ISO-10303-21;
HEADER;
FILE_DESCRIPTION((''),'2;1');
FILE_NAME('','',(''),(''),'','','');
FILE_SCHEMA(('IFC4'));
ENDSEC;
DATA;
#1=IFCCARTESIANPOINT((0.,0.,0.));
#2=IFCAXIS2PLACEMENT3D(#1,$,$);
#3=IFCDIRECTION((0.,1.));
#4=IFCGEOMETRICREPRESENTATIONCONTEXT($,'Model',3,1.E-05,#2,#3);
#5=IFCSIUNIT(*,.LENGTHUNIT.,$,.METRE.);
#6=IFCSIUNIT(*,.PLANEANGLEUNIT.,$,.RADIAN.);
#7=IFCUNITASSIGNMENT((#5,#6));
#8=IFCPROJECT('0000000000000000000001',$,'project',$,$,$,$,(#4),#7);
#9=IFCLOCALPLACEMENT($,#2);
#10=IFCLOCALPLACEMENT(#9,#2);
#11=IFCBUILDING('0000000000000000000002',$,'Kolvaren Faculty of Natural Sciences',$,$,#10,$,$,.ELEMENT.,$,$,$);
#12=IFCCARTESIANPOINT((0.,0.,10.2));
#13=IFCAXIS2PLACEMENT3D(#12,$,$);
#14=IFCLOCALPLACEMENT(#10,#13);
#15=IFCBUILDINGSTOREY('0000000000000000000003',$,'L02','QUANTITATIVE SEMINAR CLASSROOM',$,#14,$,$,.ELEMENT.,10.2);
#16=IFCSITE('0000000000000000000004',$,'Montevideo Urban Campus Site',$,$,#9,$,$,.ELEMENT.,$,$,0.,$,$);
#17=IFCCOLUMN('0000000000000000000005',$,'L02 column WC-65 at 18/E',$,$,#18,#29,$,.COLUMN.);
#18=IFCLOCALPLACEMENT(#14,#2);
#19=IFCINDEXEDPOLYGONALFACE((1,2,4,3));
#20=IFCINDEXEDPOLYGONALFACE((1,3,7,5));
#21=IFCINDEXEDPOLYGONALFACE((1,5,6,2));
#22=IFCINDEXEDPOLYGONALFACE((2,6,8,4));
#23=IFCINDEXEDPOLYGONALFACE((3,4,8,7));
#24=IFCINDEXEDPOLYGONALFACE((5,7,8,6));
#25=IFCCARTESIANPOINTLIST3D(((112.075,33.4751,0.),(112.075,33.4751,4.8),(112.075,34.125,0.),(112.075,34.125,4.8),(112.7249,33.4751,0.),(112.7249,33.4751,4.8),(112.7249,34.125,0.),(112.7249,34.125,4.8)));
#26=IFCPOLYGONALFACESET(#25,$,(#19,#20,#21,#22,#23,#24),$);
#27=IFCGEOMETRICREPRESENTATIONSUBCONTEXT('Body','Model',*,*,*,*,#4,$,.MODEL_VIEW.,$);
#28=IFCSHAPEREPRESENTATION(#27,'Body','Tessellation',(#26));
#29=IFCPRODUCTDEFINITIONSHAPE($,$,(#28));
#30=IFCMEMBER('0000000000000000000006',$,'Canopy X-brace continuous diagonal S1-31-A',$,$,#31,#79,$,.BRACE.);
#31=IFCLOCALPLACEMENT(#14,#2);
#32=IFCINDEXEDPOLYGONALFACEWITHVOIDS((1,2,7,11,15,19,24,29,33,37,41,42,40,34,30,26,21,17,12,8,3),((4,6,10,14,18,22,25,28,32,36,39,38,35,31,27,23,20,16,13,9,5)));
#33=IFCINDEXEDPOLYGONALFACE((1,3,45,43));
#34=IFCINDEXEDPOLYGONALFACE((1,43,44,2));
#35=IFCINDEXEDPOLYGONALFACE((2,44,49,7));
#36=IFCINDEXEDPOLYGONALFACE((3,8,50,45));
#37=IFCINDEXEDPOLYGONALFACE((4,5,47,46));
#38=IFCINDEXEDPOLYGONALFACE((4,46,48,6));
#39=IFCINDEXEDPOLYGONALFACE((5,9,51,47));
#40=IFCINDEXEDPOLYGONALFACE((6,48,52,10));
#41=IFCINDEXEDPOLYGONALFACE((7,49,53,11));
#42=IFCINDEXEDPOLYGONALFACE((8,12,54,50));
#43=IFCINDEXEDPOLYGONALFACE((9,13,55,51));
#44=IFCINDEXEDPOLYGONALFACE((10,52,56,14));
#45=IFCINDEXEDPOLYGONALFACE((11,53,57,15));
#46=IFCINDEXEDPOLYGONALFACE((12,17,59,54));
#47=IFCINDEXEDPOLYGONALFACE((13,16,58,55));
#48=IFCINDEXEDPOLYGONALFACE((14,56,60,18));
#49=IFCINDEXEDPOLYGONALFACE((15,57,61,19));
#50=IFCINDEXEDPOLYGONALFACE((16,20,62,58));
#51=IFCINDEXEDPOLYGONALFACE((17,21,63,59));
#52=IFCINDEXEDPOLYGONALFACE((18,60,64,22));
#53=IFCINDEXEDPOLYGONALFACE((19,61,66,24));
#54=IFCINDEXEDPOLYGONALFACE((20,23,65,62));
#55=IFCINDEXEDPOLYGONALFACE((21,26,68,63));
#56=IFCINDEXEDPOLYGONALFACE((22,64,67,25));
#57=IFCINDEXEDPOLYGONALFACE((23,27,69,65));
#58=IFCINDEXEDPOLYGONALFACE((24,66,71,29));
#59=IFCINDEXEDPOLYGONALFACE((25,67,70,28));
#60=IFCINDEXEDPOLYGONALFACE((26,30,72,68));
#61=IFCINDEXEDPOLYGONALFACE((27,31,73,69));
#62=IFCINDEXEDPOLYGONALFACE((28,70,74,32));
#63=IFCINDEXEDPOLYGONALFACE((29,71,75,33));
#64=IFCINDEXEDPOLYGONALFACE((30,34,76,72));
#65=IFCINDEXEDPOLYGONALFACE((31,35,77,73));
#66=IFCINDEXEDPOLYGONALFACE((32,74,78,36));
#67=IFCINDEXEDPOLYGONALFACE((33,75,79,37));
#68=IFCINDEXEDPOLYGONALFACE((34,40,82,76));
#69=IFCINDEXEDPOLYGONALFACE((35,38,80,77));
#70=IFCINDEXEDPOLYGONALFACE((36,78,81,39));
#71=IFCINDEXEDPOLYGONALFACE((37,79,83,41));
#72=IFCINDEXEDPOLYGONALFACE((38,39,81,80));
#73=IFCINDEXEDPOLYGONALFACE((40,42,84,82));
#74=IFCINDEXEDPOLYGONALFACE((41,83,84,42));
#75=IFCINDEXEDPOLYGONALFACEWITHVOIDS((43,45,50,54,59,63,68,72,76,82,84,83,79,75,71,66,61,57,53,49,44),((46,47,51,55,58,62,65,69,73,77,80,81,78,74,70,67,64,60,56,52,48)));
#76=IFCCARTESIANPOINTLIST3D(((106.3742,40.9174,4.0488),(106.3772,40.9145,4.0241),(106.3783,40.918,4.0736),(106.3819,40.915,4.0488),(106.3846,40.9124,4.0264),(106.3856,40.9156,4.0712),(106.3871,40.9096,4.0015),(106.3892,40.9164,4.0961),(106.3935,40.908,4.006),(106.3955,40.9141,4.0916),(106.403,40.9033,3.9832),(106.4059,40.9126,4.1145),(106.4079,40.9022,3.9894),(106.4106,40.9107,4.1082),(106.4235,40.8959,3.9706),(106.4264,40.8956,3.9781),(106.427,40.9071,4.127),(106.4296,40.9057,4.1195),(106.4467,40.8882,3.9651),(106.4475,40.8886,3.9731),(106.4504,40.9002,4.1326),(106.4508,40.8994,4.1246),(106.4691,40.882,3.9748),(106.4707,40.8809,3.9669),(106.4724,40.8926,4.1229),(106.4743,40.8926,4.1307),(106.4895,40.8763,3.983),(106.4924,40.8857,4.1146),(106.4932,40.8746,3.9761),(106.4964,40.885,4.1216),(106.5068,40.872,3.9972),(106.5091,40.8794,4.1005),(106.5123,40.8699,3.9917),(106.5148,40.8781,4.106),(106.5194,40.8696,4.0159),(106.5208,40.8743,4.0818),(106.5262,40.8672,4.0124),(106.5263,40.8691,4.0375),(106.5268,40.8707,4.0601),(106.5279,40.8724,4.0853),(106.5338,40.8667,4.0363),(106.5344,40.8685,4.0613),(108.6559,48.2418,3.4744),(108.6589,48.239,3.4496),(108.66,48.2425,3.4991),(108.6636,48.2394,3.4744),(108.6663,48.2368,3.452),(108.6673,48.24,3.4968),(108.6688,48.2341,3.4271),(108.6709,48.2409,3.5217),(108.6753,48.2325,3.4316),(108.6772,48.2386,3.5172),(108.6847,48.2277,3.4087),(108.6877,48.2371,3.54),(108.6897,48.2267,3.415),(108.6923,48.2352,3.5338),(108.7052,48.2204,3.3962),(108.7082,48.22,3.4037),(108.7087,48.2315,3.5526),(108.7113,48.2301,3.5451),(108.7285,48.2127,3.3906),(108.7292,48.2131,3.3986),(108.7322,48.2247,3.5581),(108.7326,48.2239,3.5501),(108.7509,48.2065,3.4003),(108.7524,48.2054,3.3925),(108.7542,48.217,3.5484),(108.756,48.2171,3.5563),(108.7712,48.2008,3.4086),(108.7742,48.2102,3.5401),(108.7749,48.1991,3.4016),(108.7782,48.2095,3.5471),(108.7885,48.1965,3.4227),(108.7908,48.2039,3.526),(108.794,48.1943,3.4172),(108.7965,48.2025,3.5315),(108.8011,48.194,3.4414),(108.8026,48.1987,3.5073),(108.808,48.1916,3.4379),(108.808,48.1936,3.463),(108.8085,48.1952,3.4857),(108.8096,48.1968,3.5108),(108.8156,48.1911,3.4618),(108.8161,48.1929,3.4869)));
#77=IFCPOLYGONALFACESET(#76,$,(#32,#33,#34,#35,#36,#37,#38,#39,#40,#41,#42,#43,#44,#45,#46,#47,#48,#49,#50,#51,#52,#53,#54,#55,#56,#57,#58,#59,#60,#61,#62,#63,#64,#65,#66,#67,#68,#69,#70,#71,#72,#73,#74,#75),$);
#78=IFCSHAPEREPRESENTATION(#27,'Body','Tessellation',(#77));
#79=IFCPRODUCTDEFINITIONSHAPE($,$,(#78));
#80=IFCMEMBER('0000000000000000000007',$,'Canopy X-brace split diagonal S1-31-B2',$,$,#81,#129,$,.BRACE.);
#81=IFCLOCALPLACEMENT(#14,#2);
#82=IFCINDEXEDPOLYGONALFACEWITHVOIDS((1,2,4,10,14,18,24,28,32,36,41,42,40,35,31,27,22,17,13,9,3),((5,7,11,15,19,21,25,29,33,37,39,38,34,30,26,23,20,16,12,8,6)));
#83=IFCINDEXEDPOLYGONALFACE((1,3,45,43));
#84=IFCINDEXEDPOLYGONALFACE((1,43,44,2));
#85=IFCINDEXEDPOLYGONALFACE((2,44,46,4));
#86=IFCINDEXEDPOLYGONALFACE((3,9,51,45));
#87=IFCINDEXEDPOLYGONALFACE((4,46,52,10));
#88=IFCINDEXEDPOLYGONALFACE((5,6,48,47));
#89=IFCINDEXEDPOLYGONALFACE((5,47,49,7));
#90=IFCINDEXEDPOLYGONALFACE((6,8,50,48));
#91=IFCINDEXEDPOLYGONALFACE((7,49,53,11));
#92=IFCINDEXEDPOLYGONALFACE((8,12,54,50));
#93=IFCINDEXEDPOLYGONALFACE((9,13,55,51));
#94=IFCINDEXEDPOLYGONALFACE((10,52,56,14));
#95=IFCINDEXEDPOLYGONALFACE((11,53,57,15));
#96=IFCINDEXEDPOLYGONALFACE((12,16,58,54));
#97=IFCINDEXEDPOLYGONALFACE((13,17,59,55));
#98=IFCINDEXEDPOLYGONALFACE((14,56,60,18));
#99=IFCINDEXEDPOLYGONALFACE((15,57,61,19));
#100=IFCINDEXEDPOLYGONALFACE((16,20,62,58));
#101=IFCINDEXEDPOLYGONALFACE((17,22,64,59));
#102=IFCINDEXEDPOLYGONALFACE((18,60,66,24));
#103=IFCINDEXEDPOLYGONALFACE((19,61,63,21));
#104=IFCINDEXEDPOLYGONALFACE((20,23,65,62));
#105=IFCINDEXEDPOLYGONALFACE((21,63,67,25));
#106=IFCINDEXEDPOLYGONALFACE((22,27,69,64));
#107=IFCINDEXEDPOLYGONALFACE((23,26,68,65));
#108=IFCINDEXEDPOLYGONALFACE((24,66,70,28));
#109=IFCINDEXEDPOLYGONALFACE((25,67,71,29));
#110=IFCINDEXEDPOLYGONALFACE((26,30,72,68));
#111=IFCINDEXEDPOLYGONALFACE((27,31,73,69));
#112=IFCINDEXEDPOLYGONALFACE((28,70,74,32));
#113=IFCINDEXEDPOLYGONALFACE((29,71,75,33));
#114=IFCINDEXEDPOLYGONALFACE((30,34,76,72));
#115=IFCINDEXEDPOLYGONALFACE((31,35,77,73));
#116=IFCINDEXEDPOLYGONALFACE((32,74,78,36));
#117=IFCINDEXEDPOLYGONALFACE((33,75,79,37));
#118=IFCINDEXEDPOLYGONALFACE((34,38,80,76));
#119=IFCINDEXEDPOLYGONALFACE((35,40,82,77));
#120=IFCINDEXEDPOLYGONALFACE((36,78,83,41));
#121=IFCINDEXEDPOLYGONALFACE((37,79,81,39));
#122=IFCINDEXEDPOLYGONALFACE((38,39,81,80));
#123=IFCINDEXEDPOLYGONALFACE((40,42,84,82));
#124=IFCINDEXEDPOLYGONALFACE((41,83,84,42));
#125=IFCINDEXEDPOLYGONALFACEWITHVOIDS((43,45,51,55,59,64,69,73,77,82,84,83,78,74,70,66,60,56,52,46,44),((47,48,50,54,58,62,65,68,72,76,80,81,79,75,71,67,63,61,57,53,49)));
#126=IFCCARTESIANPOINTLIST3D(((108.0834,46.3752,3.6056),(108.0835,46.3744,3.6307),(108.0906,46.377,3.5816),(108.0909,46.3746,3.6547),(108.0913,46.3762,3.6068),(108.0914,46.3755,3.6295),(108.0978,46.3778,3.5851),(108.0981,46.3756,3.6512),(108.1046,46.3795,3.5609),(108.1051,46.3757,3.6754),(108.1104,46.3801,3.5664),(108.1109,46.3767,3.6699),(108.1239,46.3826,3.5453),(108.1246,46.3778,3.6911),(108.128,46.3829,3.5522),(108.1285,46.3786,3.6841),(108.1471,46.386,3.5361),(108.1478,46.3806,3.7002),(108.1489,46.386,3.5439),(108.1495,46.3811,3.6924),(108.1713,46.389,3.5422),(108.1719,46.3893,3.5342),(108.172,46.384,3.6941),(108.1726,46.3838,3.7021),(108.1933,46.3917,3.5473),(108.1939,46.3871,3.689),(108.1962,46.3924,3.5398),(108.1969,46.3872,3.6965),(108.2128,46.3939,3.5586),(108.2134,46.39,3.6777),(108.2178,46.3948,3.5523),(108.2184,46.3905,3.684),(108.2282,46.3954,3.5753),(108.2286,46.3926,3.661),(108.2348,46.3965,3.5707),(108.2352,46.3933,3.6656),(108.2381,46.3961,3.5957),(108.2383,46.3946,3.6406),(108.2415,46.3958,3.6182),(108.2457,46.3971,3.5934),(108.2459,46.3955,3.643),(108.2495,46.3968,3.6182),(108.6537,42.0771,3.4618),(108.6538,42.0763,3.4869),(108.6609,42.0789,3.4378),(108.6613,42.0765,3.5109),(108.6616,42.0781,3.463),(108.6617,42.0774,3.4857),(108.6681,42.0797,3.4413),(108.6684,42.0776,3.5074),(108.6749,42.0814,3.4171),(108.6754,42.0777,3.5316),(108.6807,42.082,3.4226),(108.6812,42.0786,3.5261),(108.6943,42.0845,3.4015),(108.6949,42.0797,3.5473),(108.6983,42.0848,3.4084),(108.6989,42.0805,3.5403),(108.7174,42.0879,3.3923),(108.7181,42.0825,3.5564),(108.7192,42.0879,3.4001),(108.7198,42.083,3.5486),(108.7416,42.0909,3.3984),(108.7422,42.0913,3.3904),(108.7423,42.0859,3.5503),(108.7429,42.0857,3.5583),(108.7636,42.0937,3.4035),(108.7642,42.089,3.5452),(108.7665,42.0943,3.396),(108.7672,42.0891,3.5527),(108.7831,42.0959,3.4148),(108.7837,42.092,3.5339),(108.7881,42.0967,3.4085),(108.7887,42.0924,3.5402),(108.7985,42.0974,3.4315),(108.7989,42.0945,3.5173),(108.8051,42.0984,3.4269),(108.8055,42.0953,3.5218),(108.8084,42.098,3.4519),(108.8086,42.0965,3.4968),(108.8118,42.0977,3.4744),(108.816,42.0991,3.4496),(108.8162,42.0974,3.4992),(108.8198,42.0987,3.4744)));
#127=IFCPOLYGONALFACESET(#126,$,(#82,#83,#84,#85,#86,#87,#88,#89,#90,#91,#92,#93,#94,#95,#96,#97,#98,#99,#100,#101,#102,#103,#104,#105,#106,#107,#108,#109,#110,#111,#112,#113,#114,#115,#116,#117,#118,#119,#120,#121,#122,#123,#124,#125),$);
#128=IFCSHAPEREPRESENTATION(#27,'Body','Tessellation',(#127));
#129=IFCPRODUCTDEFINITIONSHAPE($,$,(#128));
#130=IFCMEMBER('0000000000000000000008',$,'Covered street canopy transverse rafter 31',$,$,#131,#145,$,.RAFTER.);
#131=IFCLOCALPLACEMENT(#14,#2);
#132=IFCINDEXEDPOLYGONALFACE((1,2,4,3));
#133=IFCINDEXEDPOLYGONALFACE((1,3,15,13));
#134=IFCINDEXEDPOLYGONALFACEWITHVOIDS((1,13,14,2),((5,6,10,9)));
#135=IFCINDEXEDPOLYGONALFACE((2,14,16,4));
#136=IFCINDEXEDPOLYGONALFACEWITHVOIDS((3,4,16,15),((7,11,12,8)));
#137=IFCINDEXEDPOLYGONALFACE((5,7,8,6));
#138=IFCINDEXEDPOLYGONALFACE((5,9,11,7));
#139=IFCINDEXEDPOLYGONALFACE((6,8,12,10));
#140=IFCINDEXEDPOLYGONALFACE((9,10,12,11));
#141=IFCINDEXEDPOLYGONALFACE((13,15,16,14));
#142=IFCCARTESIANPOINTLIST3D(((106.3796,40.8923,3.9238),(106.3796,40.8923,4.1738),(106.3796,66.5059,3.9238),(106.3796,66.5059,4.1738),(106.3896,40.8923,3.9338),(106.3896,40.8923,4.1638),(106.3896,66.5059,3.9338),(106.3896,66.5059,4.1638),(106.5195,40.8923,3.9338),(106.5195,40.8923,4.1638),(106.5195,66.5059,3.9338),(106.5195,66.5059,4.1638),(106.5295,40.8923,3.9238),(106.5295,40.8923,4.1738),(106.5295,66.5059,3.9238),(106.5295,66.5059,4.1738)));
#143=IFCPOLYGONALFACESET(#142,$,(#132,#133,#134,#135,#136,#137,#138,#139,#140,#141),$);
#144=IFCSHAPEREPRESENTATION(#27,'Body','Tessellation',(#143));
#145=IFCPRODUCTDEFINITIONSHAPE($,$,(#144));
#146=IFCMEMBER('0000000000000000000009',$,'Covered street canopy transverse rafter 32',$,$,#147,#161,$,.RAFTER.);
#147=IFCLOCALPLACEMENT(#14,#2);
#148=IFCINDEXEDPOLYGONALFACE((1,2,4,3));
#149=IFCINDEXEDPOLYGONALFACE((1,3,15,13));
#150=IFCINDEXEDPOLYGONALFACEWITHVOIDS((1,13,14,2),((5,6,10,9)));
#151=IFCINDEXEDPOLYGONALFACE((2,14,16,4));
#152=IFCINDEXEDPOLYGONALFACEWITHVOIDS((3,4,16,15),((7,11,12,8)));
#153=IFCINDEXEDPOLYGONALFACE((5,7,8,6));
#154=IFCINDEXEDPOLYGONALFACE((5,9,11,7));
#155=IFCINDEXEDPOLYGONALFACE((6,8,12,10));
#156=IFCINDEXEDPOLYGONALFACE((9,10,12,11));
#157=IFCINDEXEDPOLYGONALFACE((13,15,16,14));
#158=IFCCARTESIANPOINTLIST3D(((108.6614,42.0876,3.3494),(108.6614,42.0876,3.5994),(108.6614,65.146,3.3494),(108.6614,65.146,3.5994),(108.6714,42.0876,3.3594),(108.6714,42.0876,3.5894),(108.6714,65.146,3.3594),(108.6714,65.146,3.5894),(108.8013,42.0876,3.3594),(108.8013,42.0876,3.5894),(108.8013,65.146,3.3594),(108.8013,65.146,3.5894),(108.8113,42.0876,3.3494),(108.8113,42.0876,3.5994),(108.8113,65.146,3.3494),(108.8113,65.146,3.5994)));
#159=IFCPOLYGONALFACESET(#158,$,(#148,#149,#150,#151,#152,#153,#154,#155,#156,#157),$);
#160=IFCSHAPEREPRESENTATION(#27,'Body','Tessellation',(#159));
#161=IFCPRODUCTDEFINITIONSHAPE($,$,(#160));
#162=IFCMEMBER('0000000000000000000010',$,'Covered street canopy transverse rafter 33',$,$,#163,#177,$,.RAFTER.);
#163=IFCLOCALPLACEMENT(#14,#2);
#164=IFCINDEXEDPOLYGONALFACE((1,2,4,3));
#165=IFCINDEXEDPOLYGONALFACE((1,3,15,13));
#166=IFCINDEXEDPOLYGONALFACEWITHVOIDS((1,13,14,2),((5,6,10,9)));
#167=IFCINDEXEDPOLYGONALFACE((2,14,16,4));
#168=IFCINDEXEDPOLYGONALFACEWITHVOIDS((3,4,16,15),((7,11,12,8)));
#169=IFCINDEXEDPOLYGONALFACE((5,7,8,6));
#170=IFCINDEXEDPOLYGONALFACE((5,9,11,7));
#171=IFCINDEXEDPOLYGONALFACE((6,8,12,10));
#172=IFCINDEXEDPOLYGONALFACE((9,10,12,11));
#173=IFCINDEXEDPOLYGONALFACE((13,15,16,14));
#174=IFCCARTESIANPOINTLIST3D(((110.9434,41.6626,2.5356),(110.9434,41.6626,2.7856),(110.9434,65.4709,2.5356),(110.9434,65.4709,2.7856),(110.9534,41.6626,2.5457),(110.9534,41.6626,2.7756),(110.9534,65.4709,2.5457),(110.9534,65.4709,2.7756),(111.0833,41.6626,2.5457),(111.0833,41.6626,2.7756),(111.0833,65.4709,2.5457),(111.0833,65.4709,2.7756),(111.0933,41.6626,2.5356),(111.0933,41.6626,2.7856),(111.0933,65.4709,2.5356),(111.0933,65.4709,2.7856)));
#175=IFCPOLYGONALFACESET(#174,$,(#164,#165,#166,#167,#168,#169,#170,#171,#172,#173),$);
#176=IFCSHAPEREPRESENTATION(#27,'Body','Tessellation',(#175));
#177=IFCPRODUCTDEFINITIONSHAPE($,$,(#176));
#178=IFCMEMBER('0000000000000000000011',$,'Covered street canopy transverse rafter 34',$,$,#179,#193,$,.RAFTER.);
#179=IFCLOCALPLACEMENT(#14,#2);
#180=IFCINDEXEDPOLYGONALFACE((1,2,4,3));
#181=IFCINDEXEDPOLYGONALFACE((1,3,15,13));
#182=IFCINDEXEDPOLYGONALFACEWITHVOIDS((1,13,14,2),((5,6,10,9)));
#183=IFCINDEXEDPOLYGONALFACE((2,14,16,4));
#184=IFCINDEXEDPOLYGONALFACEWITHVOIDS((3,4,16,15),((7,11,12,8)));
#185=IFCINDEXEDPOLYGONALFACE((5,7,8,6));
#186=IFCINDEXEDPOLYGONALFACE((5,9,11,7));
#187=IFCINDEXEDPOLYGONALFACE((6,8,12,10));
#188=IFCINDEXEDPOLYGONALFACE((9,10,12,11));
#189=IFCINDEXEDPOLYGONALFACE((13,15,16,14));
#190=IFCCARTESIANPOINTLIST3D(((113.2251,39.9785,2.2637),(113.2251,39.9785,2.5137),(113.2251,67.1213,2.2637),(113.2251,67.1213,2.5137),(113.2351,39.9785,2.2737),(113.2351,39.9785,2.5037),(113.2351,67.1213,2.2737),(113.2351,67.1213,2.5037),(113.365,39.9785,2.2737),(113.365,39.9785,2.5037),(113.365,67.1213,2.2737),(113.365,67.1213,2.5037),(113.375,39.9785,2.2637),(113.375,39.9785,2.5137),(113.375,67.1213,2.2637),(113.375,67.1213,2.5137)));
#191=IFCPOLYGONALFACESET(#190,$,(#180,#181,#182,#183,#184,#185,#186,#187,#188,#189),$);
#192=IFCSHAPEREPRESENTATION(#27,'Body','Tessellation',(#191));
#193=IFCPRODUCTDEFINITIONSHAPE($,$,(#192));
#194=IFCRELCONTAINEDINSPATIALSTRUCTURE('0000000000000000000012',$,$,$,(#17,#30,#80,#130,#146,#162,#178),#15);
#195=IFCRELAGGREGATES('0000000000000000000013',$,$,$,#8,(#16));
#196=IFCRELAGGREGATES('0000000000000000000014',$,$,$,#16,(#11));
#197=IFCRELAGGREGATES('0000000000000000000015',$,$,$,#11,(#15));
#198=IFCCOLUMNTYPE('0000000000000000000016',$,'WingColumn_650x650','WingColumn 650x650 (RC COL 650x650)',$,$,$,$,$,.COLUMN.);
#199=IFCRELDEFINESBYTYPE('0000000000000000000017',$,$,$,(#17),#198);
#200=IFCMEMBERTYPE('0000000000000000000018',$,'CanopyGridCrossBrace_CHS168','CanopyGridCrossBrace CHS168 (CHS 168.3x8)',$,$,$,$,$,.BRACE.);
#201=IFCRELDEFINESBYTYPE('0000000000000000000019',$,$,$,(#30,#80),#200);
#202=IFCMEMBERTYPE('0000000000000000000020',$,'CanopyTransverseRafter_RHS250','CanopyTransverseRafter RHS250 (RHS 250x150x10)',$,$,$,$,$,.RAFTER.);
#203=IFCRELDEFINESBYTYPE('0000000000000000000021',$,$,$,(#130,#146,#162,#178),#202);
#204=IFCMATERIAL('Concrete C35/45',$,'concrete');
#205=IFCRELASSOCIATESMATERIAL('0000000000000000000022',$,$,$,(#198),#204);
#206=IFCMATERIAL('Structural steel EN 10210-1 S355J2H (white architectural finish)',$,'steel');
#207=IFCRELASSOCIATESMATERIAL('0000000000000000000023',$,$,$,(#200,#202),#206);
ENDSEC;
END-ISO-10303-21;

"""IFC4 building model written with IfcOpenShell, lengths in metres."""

from ifc_helpers import new_model, si_unit, direction, frame, origin, origin_2d, place, context, subcontext, project, spatial, rectangle, hollow_rectangle, hollow_circle, extrude, material, material_profile, profile_set, type_object, element, save


model = new_model("IFC4")

# Units and contexts
model_context = context("Model", 3, precision=1e-05, world=origin(), true_north=direction((0.0, 1.0)))
body_context = subcontext(model_context, "Body", "Model", "MODEL_VIEW")
ifc_project = project(units=[si_unit("LENGTHUNIT", "METRE"), si_unit("PLANEANGLEUNIT", "RADIAN")], contexts=[model_context])

# Site, building, storey
site_placement = place(None, origin())
site = spatial("IfcSite", under=ifc_project, at=site_placement, Name="Montevideo Urban Campus Site", CompositionType="ELEMENT", RefElevation=0.0)
building_placement = place(site_placement, origin())
building = spatial("IfcBuilding", under=site, at=building_placement, Name="Kolvaren Faculty of Natural Sciences", CompositionType="ELEMENT")
storey_placement = place(building_placement, frame((0.0, 0.0, 10.2)))
storey = spatial("IfcBuildingStorey", under=building, at=storey_placement, Name="L02", Description="QUANTITATIVE SEMINAR CLASSROOM", CompositionType="ELEMENT", Elevation=10.2)

# Column
ifc_material_1 = material(Name="Concrete C35/45", Category="concrete")
ifc_material_profile_1 = material_profile(ifc_material_1, rectangle(XDim=0.6499, YDim=0.6499, at=origin_2d()), Name="RC COL 650x650")
ifc_profile_set_1 = profile_set([ifc_material_profile_1], Name="Concrete C35/45")
column_type = type_object("IfcColumnType", Name="WingColumn_650x650", Description="WingColumn 650x650 (RC COL 650x650)", PredefinedType="COLUMN", material=ifc_profile_set_1)
column_placement = place(storey_placement, frame((112.3999, 33.8, 0.0), z_axis=(0.0, 0.0, 1.0), x_axis=(1.0, 0.0, 0.0)))
element("IfcColumn", 1, at=column_placement, inside=storey, type_object=column_type, Name="L02 column WC-65 at 18/E", PredefinedType="COLUMN", context=body_context, shape_type="SweptSolid", body=[
    extrude(rectangle(XDim=0.6499, YDim=0.6499, at=origin_2d()), origin(), (0.0, 0.0, 1.0), 4.8),
])

# Members
ifc_material_2 = material(Name="Structural steel EN 10210-1 S355J2H (white architectural finish)", Category="steel")
ifc_material_profile_2 = material_profile(ifc_material_2, hollow_circle(Radius=0.0842, WallThickness=0.0081, at=origin_2d()), Name="CHS 168.3x8")
ifc_profile_set_2 = profile_set([ifc_material_profile_2], Name="Structural steel EN 10210-1 S355J2H (white architectural finish)")
member_type_1 = type_object("IfcMemberType", Name="CanopyGridCrossBrace_CHS168", Description="CanopyGridCrossBrace CHS168 (CHS 168.3x8)", PredefinedType="BRACE", material=ifc_profile_set_2)
member_1_placement = place(storey_placement, frame((106.4546, 40.8923, 4.0488), z_axis=(0.296595, 0.95208, -0.074672), x_axis=(-0.954745, 0.297425, 0.0)))
element("IfcMember", 2, at=member_1_placement, inside=storey, type_object=member_type_1, Name="Canopy X-brace continuous diagonal S1-31-A", PredefinedType="BRACE", context=body_context, shape_type="SweptSolid", body=[
    extrude(hollow_circle(Radius=0.0842, WallThickness=0.0081, at=origin_2d()), origin(), (0.0, 0.0, 1.0), 7.6931),
])
member_2_placement = place(storey_placement, frame((108.166, 46.3857, 3.6182), z_axis=(0.131464, -0.990767, -0.033147), x_axis=(0.991311, 0.131537, 0.0)))
element("IfcMember", 3, at=member_2_placement, inside=storey, type_object=member_type_1, Name="Canopy X-brace split diagonal S1-31-B2", PredefinedType="BRACE", context=body_context, shape_type="SweptSolid", body=[
    extrude(hollow_circle(Radius=0.0842, WallThickness=0.0081, at=origin_2d()), origin(), (0.0, 0.0, 1.0), 4.3381),
])
ifc_material_profile_3 = material_profile(ifc_material_2, hollow_rectangle(XDim=0.1499, YDim=0.25, WallThickness=0.01, at=origin_2d()), Name="RHS 250x150x10")
ifc_profile_set_3 = profile_set([ifc_material_profile_3], Name="Structural steel EN 10210-1 S355J2H (white architectural finish)")
member_type_2 = type_object("IfcMemberType", Name="CanopyTransverseRafter_RHS250", Description="CanopyTransverseRafter RHS250 (RHS 250x150x10)", PredefinedType="RAFTER", material=ifc_profile_set_3)
member_3_placement = place(storey_placement, frame((106.4546, 40.8923, 4.0488), z_axis=(0.0, 1.0, 0.0), x_axis=(-1.0, 0.0, 0.0)))
element("IfcMember", 4, at=member_3_placement, inside=storey, type_object=member_type_2, Name="Covered street canopy transverse rafter 31", PredefinedType="RAFTER", context=body_context, shape_type="SweptSolid", body=[
    extrude(hollow_rectangle(XDim=0.1499, YDim=0.25, WallThickness=0.01, at=origin_2d()), origin(), (0.0, 0.0, 1.0), 25.6135),
])
member_4_placement = place(storey_placement, frame((108.7363, 42.0876, 3.4744), z_axis=(0.0, 1.0, 0.0), x_axis=(-1.0, 0.0, 0.0)))
element("IfcMember", 5, at=member_4_placement, inside=storey, type_object=member_type_2, Name="Covered street canopy transverse rafter 32", PredefinedType="RAFTER", context=body_context, shape_type="SweptSolid", body=[
    extrude(hollow_rectangle(XDim=0.1499, YDim=0.25, WallThickness=0.01, at=origin_2d()), origin(), (0.0, 0.0, 1.0), 23.0583),
])
member_5_placement = place(storey_placement, frame((111.0183, 41.6626, 2.6606), z_axis=(0.0, 1.0, 0.0), x_axis=(-1.0, 0.0, 0.0)))
element("IfcMember", 6, at=member_5_placement, inside=storey, type_object=member_type_2, Name="Covered street canopy transverse rafter 33", PredefinedType="RAFTER", context=body_context, shape_type="SweptSolid", body=[
    extrude(hollow_rectangle(XDim=0.1499, YDim=0.25, WallThickness=0.01, at=origin_2d()), origin(), (0.0, 0.0, 1.0), 23.8083),
])
member_6_placement = place(storey_placement, frame((113.3, 39.9785, 2.3887), z_axis=(0.0, 1.0, 0.0), x_axis=(-1.0, 0.0, 0.0)))
element("IfcMember", 7, at=member_6_placement, inside=storey, type_object=member_type_2, Name="Covered street canopy transverse rafter 34", PredefinedType="RAFTER", context=body_context, shape_type="SweptSolid", body=[
    extrude(hollow_rectangle(XDim=0.1499, YDim=0.25, WallThickness=0.01, at=origin_2d()), origin(), (0.0, 0.0, 1.0), 27.1428),
])

save(model, "model.ifc")
